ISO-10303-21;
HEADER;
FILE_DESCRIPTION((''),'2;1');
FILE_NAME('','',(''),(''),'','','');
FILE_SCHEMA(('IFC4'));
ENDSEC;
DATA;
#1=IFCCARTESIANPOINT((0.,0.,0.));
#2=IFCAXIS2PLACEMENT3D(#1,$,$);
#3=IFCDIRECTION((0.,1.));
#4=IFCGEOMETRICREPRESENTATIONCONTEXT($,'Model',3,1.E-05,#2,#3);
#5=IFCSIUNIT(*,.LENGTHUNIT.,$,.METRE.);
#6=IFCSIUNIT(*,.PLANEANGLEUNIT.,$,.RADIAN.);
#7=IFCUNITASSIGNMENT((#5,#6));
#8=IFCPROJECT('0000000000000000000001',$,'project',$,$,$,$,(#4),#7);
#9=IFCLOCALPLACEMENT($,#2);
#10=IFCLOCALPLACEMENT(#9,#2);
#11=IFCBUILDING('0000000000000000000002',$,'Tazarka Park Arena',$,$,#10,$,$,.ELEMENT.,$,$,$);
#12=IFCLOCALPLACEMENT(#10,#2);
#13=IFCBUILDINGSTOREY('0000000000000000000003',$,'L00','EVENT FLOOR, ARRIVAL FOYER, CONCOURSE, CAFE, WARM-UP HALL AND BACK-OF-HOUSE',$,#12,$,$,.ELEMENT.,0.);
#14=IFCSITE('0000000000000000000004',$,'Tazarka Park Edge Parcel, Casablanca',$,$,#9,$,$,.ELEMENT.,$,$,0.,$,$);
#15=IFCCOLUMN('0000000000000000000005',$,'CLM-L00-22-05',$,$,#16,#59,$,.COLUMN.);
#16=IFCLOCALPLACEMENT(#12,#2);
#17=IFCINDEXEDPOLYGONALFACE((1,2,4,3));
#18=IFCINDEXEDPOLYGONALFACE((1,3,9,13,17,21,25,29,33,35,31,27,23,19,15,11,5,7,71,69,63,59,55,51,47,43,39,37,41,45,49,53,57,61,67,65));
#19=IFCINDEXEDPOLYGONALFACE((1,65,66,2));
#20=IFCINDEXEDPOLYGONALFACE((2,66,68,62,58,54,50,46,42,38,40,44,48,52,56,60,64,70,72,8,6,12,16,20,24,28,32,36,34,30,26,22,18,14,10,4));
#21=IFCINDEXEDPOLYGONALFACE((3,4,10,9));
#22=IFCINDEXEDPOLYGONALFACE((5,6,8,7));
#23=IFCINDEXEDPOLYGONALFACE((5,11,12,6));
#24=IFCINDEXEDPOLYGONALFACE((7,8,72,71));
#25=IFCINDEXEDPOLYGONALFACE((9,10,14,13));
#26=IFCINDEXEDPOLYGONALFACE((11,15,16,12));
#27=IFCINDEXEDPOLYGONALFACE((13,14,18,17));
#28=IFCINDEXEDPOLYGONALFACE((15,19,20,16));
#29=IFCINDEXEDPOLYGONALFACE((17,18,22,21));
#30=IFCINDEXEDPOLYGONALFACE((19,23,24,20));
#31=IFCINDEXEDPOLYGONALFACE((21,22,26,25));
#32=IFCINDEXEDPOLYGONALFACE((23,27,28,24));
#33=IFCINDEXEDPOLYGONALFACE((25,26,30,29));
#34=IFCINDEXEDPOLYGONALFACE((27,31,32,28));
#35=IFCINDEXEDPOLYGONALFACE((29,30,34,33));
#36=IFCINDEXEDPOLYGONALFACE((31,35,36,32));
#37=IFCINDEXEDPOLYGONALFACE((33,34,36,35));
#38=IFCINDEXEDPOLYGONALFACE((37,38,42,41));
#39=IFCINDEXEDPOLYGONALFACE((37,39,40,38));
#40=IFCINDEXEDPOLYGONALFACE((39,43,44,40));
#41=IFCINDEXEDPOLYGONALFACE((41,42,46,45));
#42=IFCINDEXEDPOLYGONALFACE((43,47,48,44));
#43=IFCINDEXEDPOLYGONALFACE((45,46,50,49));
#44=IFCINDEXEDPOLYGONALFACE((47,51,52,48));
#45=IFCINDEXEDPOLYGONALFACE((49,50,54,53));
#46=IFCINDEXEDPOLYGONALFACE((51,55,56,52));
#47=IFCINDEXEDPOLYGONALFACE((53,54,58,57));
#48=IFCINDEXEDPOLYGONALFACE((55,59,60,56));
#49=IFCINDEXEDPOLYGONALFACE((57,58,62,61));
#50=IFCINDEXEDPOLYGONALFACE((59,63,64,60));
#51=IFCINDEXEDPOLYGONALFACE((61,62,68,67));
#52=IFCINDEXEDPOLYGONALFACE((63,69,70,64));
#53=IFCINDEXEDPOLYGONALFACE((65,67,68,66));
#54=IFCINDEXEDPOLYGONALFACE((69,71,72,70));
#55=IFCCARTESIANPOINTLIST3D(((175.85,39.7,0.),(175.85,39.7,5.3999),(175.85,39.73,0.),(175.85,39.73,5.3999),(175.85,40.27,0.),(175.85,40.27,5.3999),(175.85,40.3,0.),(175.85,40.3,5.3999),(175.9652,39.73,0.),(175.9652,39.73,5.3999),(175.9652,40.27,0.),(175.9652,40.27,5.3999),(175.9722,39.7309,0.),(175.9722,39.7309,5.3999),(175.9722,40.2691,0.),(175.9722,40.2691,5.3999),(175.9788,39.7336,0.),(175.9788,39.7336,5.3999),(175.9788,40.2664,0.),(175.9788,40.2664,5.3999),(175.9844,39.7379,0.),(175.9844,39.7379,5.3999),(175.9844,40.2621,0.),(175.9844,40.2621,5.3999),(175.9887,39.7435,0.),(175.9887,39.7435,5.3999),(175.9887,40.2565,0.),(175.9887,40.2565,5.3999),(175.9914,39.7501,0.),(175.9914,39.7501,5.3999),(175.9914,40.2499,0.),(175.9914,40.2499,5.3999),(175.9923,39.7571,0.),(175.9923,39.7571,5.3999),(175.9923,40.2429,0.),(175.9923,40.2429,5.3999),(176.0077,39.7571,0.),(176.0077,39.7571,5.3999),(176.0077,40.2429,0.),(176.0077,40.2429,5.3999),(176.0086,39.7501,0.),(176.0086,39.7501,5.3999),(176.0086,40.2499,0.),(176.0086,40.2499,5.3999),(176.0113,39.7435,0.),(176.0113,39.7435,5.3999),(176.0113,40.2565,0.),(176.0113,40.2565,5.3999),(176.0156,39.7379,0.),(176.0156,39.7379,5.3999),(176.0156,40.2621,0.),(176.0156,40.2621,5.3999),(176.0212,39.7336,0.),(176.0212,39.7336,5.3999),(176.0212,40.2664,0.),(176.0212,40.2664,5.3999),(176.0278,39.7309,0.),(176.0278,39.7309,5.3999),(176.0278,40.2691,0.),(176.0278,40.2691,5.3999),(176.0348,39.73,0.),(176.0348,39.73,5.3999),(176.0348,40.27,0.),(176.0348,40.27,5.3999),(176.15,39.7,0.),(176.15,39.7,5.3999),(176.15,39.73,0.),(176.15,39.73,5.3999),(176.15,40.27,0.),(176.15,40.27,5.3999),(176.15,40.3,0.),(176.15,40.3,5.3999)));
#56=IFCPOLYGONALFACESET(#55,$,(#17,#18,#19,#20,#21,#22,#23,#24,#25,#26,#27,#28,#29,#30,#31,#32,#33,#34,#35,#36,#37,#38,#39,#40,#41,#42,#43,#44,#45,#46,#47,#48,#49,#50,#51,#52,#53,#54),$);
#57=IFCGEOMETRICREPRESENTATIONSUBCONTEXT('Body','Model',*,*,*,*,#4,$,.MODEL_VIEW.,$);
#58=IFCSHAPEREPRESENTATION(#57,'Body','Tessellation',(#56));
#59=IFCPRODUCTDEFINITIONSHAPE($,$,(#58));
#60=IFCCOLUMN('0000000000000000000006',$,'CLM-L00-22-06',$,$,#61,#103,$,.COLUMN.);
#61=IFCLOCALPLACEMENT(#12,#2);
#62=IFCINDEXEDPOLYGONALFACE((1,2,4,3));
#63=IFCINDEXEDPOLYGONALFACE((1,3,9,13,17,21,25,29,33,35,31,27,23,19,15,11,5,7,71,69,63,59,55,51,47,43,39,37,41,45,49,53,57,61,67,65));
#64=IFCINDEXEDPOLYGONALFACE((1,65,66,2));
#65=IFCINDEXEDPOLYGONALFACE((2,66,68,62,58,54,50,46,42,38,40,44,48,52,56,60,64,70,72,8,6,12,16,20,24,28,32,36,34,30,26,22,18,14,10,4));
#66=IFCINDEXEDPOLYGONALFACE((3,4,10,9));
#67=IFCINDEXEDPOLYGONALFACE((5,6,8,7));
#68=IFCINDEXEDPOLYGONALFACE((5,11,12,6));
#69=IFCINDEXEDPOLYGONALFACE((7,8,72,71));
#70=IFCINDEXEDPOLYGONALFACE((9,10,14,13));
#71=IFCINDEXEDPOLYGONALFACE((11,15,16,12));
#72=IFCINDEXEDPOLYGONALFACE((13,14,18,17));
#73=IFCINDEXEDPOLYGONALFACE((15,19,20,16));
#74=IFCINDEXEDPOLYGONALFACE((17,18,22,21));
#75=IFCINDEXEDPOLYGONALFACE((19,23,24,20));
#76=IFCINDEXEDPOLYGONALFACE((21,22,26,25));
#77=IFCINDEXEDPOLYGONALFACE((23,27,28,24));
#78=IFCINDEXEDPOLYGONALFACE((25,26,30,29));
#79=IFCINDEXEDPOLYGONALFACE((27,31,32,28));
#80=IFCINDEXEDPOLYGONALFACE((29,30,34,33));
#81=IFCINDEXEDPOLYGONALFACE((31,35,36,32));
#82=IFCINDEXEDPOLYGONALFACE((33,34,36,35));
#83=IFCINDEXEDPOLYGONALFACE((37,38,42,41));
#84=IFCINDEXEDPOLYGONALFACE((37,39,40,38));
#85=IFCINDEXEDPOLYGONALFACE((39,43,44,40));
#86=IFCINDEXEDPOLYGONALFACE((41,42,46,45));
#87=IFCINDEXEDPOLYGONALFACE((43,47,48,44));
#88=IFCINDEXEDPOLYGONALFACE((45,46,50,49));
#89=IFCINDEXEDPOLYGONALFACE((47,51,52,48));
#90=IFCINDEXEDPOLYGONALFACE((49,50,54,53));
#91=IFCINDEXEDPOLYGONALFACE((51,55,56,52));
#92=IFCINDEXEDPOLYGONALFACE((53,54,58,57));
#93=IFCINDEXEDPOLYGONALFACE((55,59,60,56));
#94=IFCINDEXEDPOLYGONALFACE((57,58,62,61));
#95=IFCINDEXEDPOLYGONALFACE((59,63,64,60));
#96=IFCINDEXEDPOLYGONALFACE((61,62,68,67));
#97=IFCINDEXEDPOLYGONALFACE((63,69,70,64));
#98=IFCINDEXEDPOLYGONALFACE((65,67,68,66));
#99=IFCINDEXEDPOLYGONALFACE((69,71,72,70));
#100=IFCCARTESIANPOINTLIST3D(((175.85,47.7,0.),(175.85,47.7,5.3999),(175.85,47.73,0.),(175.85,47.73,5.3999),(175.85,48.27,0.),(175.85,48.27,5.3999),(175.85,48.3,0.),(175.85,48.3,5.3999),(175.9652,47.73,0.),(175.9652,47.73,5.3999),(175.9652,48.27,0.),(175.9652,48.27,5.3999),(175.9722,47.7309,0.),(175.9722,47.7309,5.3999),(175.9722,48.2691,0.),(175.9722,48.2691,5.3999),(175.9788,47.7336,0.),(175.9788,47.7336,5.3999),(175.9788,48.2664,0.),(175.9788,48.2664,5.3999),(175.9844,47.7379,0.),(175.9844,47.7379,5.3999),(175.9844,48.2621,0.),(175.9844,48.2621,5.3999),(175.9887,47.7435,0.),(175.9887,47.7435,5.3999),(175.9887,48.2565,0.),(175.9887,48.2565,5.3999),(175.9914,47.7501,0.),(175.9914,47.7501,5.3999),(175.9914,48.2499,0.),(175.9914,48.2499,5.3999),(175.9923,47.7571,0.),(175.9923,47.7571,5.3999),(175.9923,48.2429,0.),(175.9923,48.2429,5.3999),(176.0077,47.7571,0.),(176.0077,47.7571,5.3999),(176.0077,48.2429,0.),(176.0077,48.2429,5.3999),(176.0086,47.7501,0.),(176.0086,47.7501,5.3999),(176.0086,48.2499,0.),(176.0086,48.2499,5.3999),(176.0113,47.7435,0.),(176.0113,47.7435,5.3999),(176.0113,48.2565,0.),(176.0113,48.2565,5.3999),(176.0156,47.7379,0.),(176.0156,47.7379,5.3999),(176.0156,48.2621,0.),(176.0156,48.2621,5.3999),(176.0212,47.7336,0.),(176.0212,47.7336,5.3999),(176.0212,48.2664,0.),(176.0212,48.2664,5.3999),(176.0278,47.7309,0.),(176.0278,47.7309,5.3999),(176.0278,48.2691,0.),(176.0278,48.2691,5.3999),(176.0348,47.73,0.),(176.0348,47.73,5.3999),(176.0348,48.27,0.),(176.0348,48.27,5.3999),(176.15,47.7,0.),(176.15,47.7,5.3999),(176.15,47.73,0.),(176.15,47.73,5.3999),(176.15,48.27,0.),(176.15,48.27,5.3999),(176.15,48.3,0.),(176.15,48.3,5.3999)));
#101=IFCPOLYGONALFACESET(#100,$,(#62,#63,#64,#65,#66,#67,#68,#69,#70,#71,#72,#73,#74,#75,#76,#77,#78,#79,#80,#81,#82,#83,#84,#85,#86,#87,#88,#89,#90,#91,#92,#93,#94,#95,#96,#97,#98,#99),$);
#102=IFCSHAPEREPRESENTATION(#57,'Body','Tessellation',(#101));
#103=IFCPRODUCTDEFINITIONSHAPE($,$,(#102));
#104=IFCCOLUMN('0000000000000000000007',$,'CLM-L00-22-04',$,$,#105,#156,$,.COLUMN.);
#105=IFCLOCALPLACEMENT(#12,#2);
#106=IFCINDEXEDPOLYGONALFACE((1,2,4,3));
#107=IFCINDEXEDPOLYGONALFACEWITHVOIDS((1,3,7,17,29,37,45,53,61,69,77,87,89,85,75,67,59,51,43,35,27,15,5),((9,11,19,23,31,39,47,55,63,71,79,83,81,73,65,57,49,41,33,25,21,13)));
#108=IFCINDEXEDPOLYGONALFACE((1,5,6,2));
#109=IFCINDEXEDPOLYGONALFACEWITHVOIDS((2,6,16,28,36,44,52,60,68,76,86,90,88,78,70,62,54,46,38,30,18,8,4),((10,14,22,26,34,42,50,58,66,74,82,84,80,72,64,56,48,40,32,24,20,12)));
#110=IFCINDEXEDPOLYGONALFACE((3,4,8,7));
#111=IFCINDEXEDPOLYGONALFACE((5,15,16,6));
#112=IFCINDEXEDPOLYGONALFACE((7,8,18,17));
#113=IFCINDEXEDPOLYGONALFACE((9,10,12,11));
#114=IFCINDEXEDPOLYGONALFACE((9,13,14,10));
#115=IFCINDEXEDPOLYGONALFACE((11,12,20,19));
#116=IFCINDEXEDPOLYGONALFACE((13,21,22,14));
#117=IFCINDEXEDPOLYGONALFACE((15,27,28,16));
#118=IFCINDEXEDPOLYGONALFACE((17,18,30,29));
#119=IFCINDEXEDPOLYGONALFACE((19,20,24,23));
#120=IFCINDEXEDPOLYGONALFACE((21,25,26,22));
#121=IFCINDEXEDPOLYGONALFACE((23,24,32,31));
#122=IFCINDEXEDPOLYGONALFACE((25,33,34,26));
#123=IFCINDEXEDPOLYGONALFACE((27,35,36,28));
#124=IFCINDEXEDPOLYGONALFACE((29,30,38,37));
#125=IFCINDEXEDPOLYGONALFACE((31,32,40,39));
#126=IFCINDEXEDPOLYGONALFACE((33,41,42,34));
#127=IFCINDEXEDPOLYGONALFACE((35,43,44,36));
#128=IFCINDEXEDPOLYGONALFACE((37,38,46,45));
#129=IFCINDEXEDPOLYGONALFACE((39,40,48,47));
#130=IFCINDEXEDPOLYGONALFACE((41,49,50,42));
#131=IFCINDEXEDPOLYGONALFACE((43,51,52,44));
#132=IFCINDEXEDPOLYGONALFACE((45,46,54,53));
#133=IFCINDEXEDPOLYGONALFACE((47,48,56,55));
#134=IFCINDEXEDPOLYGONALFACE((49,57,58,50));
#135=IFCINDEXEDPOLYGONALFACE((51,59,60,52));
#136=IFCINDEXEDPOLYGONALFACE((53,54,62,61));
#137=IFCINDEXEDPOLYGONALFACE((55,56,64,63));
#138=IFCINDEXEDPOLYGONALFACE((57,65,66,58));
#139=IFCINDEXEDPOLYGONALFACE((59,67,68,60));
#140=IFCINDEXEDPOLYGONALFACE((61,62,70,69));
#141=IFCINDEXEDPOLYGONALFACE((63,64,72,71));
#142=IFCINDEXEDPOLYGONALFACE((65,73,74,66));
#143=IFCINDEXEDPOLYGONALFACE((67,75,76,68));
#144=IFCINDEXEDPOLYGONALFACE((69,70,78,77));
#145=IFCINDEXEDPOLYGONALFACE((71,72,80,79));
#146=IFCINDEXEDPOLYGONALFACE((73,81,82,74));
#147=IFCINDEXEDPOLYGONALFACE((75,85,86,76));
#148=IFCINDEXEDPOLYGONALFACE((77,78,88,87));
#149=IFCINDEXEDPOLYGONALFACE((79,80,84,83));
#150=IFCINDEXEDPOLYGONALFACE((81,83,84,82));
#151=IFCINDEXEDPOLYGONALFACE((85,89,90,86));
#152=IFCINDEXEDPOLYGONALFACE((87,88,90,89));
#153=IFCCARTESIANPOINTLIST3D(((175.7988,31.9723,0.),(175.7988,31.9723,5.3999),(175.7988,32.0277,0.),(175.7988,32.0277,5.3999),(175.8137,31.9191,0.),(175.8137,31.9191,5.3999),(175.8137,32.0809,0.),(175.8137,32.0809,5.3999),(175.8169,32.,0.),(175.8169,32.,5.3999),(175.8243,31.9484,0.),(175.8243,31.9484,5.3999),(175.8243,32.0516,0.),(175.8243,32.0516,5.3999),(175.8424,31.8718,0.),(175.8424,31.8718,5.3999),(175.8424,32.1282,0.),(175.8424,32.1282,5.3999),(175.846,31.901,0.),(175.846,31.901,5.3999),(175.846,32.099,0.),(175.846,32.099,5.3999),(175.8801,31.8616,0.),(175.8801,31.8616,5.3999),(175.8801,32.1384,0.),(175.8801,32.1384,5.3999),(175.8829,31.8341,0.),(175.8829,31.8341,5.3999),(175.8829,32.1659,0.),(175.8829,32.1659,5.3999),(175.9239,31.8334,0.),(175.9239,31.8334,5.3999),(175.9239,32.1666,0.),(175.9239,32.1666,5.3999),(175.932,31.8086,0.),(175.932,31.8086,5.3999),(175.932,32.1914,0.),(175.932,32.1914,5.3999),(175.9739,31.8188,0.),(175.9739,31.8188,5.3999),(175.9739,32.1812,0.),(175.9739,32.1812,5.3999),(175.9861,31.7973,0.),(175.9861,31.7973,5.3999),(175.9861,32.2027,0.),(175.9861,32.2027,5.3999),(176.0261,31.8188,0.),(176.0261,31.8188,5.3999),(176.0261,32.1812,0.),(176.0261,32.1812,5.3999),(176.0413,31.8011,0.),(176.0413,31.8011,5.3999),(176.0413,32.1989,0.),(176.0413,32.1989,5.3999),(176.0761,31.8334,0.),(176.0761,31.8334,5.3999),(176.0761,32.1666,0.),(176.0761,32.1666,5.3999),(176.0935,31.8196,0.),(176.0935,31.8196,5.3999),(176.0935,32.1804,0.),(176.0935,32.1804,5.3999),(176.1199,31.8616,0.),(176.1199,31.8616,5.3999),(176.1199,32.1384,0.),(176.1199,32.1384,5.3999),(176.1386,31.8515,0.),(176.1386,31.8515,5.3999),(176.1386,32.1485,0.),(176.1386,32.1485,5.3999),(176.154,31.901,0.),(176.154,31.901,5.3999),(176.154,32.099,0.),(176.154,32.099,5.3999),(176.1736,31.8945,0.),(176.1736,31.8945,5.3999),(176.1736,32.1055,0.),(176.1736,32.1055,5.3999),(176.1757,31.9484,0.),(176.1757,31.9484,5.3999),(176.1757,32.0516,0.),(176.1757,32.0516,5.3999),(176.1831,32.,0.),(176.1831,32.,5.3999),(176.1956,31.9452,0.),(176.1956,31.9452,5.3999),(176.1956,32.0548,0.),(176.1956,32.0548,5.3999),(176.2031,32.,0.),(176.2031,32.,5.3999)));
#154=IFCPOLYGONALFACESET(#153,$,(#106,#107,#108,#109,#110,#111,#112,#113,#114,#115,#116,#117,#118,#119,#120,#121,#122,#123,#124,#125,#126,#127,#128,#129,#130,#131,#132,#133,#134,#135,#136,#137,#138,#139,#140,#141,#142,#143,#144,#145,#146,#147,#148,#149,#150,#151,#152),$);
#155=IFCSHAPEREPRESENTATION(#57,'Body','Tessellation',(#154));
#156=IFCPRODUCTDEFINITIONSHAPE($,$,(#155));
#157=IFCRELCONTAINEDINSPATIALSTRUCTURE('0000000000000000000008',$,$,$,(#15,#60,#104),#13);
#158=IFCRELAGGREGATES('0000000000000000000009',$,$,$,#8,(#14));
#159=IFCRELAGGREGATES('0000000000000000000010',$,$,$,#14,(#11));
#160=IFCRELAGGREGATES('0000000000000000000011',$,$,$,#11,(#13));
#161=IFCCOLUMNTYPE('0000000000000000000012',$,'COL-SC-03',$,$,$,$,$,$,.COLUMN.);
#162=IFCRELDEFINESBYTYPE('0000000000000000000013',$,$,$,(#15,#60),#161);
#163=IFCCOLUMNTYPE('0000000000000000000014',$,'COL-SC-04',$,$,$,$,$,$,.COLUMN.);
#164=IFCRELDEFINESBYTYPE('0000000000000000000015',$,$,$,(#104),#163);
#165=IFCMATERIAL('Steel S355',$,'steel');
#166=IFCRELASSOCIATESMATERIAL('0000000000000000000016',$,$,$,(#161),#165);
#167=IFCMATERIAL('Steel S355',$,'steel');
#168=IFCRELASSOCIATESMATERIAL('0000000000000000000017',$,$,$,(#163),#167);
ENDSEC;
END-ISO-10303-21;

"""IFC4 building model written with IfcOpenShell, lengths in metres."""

from ifc_helpers import new_model, si_unit, direction, frame, origin, origin_2d, place, context, subcontext, project, spatial, hollow_circle, i_section, extrude, material, material_profile, profile_set, type_object, element, save


model = new_model("IFC4")

# Units and contexts
model_context = context("Model", 3, precision=1e-05, world=origin(), true_north=direction((0.0, 1.0)))
body_context = subcontext(model_context, "Body", "Model", "MODEL_VIEW")
ifc_project = project(units=[si_unit("LENGTHUNIT", "METRE"), si_unit("PLANEANGLEUNIT", "RADIAN")], contexts=[model_context])

# Site, building, storey
site_placement = place(None, origin())
site = spatial("IfcSite", under=ifc_project, at=site_placement, Name="Tazarka Park Edge Parcel, Casablanca", CompositionType="ELEMENT", RefElevation=0.0)
building_placement = place(site_placement, origin())
building = spatial("IfcBuilding", under=site, at=building_placement, Name="Tazarka Park Arena", CompositionType="ELEMENT")
storey_placement = place(building_placement, origin())
storey = spatial("IfcBuildingStorey", under=building, at=storey_placement, Name="L00", Description="EVENT FLOOR, ARRIVAL FOYER, CONCOURSE, CAFE, WARM-UP HALL AND BACK-OF-HOUSE", CompositionType="ELEMENT", Elevation=0.0)

# Columns
ifc_material_1 = material(Name="Steel S355", Category="steel")
ifc_material_profile_1 = material_profile(ifc_material_1, i_section(OverallWidth=0.3, OverallDepth=0.6001, WebThickness=0.0154, FlangeThickness=0.03, FilletRadius=0.0271, at=origin_2d()), Name="Steel S355")
ifc_profile_set_1 = profile_set([ifc_material_profile_1], Name="Steel S355")
column_type_1 = type_object("IfcColumnType", Name="COL-SC-03", PredefinedType="COLUMN", material=ifc_profile_set_1)
for number, where, z_axis, x_axis, name in (
    (1, (176.0, 40.0, 0.0), (0.0, 0.0, 1.0), (1.0, 0.0, 0.0), "CLM-L00-22-05"),
    (2, (176.0, 48.0, 0.0), (0.0, 0.0, 1.0), (1.0, 0.0, 0.0), "CLM-L00-22-06"),
):
    element("IfcColumn", number, at=place(storey_placement, frame(where, z_axis=z_axis, x_axis=x_axis)), inside=storey, type_object=column_type_1, Name=name, PredefinedType="COLUMN", context=body_context, shape_type="SweptSolid", body=[
        extrude(i_section(OverallWidth=0.3, OverallDepth=0.6001, WebThickness=0.0154, FlangeThickness=0.03, FilletRadius=0.0271, at=origin_2d()), origin(), (0.0, 0.0, 1.0), 5.3999),
    ])
ifc_material_2 = material(Name="Steel S355", Category="steel")
ifc_material_profile_2 = material_profile(ifc_material_2, hollow_circle(Radius=0.2031, WallThickness=0.02, at=origin_2d()), Name="Steel S355")
ifc_profile_set_2 = profile_set([ifc_material_profile_2], Name="Steel S355")
column_type_2 = type_object("IfcColumnType", Name="COL-SC-04", PredefinedType="COLUMN", material=ifc_profile_set_2)
for number, where, z_axis, x_axis, name in (
    (3, (176.0, 32.0, 0.0), (0.0, 0.0, 1.0), (1.0, 0.0, 0.0), "CLM-L00-22-04"),
):
    element("IfcColumn", number, at=place(storey_placement, frame(where, z_axis=z_axis, x_axis=x_axis)), inside=storey, type_object=column_type_2, Name=name, PredefinedType="COLUMN", context=body_context, shape_type="SweptSolid", body=[
        extrude(hollow_circle(Radius=0.2031, WallThickness=0.02, at=origin_2d()), origin(), (0.0, 0.0, 1.0), 5.3999),
    ])

save(model, "model.ifc")
